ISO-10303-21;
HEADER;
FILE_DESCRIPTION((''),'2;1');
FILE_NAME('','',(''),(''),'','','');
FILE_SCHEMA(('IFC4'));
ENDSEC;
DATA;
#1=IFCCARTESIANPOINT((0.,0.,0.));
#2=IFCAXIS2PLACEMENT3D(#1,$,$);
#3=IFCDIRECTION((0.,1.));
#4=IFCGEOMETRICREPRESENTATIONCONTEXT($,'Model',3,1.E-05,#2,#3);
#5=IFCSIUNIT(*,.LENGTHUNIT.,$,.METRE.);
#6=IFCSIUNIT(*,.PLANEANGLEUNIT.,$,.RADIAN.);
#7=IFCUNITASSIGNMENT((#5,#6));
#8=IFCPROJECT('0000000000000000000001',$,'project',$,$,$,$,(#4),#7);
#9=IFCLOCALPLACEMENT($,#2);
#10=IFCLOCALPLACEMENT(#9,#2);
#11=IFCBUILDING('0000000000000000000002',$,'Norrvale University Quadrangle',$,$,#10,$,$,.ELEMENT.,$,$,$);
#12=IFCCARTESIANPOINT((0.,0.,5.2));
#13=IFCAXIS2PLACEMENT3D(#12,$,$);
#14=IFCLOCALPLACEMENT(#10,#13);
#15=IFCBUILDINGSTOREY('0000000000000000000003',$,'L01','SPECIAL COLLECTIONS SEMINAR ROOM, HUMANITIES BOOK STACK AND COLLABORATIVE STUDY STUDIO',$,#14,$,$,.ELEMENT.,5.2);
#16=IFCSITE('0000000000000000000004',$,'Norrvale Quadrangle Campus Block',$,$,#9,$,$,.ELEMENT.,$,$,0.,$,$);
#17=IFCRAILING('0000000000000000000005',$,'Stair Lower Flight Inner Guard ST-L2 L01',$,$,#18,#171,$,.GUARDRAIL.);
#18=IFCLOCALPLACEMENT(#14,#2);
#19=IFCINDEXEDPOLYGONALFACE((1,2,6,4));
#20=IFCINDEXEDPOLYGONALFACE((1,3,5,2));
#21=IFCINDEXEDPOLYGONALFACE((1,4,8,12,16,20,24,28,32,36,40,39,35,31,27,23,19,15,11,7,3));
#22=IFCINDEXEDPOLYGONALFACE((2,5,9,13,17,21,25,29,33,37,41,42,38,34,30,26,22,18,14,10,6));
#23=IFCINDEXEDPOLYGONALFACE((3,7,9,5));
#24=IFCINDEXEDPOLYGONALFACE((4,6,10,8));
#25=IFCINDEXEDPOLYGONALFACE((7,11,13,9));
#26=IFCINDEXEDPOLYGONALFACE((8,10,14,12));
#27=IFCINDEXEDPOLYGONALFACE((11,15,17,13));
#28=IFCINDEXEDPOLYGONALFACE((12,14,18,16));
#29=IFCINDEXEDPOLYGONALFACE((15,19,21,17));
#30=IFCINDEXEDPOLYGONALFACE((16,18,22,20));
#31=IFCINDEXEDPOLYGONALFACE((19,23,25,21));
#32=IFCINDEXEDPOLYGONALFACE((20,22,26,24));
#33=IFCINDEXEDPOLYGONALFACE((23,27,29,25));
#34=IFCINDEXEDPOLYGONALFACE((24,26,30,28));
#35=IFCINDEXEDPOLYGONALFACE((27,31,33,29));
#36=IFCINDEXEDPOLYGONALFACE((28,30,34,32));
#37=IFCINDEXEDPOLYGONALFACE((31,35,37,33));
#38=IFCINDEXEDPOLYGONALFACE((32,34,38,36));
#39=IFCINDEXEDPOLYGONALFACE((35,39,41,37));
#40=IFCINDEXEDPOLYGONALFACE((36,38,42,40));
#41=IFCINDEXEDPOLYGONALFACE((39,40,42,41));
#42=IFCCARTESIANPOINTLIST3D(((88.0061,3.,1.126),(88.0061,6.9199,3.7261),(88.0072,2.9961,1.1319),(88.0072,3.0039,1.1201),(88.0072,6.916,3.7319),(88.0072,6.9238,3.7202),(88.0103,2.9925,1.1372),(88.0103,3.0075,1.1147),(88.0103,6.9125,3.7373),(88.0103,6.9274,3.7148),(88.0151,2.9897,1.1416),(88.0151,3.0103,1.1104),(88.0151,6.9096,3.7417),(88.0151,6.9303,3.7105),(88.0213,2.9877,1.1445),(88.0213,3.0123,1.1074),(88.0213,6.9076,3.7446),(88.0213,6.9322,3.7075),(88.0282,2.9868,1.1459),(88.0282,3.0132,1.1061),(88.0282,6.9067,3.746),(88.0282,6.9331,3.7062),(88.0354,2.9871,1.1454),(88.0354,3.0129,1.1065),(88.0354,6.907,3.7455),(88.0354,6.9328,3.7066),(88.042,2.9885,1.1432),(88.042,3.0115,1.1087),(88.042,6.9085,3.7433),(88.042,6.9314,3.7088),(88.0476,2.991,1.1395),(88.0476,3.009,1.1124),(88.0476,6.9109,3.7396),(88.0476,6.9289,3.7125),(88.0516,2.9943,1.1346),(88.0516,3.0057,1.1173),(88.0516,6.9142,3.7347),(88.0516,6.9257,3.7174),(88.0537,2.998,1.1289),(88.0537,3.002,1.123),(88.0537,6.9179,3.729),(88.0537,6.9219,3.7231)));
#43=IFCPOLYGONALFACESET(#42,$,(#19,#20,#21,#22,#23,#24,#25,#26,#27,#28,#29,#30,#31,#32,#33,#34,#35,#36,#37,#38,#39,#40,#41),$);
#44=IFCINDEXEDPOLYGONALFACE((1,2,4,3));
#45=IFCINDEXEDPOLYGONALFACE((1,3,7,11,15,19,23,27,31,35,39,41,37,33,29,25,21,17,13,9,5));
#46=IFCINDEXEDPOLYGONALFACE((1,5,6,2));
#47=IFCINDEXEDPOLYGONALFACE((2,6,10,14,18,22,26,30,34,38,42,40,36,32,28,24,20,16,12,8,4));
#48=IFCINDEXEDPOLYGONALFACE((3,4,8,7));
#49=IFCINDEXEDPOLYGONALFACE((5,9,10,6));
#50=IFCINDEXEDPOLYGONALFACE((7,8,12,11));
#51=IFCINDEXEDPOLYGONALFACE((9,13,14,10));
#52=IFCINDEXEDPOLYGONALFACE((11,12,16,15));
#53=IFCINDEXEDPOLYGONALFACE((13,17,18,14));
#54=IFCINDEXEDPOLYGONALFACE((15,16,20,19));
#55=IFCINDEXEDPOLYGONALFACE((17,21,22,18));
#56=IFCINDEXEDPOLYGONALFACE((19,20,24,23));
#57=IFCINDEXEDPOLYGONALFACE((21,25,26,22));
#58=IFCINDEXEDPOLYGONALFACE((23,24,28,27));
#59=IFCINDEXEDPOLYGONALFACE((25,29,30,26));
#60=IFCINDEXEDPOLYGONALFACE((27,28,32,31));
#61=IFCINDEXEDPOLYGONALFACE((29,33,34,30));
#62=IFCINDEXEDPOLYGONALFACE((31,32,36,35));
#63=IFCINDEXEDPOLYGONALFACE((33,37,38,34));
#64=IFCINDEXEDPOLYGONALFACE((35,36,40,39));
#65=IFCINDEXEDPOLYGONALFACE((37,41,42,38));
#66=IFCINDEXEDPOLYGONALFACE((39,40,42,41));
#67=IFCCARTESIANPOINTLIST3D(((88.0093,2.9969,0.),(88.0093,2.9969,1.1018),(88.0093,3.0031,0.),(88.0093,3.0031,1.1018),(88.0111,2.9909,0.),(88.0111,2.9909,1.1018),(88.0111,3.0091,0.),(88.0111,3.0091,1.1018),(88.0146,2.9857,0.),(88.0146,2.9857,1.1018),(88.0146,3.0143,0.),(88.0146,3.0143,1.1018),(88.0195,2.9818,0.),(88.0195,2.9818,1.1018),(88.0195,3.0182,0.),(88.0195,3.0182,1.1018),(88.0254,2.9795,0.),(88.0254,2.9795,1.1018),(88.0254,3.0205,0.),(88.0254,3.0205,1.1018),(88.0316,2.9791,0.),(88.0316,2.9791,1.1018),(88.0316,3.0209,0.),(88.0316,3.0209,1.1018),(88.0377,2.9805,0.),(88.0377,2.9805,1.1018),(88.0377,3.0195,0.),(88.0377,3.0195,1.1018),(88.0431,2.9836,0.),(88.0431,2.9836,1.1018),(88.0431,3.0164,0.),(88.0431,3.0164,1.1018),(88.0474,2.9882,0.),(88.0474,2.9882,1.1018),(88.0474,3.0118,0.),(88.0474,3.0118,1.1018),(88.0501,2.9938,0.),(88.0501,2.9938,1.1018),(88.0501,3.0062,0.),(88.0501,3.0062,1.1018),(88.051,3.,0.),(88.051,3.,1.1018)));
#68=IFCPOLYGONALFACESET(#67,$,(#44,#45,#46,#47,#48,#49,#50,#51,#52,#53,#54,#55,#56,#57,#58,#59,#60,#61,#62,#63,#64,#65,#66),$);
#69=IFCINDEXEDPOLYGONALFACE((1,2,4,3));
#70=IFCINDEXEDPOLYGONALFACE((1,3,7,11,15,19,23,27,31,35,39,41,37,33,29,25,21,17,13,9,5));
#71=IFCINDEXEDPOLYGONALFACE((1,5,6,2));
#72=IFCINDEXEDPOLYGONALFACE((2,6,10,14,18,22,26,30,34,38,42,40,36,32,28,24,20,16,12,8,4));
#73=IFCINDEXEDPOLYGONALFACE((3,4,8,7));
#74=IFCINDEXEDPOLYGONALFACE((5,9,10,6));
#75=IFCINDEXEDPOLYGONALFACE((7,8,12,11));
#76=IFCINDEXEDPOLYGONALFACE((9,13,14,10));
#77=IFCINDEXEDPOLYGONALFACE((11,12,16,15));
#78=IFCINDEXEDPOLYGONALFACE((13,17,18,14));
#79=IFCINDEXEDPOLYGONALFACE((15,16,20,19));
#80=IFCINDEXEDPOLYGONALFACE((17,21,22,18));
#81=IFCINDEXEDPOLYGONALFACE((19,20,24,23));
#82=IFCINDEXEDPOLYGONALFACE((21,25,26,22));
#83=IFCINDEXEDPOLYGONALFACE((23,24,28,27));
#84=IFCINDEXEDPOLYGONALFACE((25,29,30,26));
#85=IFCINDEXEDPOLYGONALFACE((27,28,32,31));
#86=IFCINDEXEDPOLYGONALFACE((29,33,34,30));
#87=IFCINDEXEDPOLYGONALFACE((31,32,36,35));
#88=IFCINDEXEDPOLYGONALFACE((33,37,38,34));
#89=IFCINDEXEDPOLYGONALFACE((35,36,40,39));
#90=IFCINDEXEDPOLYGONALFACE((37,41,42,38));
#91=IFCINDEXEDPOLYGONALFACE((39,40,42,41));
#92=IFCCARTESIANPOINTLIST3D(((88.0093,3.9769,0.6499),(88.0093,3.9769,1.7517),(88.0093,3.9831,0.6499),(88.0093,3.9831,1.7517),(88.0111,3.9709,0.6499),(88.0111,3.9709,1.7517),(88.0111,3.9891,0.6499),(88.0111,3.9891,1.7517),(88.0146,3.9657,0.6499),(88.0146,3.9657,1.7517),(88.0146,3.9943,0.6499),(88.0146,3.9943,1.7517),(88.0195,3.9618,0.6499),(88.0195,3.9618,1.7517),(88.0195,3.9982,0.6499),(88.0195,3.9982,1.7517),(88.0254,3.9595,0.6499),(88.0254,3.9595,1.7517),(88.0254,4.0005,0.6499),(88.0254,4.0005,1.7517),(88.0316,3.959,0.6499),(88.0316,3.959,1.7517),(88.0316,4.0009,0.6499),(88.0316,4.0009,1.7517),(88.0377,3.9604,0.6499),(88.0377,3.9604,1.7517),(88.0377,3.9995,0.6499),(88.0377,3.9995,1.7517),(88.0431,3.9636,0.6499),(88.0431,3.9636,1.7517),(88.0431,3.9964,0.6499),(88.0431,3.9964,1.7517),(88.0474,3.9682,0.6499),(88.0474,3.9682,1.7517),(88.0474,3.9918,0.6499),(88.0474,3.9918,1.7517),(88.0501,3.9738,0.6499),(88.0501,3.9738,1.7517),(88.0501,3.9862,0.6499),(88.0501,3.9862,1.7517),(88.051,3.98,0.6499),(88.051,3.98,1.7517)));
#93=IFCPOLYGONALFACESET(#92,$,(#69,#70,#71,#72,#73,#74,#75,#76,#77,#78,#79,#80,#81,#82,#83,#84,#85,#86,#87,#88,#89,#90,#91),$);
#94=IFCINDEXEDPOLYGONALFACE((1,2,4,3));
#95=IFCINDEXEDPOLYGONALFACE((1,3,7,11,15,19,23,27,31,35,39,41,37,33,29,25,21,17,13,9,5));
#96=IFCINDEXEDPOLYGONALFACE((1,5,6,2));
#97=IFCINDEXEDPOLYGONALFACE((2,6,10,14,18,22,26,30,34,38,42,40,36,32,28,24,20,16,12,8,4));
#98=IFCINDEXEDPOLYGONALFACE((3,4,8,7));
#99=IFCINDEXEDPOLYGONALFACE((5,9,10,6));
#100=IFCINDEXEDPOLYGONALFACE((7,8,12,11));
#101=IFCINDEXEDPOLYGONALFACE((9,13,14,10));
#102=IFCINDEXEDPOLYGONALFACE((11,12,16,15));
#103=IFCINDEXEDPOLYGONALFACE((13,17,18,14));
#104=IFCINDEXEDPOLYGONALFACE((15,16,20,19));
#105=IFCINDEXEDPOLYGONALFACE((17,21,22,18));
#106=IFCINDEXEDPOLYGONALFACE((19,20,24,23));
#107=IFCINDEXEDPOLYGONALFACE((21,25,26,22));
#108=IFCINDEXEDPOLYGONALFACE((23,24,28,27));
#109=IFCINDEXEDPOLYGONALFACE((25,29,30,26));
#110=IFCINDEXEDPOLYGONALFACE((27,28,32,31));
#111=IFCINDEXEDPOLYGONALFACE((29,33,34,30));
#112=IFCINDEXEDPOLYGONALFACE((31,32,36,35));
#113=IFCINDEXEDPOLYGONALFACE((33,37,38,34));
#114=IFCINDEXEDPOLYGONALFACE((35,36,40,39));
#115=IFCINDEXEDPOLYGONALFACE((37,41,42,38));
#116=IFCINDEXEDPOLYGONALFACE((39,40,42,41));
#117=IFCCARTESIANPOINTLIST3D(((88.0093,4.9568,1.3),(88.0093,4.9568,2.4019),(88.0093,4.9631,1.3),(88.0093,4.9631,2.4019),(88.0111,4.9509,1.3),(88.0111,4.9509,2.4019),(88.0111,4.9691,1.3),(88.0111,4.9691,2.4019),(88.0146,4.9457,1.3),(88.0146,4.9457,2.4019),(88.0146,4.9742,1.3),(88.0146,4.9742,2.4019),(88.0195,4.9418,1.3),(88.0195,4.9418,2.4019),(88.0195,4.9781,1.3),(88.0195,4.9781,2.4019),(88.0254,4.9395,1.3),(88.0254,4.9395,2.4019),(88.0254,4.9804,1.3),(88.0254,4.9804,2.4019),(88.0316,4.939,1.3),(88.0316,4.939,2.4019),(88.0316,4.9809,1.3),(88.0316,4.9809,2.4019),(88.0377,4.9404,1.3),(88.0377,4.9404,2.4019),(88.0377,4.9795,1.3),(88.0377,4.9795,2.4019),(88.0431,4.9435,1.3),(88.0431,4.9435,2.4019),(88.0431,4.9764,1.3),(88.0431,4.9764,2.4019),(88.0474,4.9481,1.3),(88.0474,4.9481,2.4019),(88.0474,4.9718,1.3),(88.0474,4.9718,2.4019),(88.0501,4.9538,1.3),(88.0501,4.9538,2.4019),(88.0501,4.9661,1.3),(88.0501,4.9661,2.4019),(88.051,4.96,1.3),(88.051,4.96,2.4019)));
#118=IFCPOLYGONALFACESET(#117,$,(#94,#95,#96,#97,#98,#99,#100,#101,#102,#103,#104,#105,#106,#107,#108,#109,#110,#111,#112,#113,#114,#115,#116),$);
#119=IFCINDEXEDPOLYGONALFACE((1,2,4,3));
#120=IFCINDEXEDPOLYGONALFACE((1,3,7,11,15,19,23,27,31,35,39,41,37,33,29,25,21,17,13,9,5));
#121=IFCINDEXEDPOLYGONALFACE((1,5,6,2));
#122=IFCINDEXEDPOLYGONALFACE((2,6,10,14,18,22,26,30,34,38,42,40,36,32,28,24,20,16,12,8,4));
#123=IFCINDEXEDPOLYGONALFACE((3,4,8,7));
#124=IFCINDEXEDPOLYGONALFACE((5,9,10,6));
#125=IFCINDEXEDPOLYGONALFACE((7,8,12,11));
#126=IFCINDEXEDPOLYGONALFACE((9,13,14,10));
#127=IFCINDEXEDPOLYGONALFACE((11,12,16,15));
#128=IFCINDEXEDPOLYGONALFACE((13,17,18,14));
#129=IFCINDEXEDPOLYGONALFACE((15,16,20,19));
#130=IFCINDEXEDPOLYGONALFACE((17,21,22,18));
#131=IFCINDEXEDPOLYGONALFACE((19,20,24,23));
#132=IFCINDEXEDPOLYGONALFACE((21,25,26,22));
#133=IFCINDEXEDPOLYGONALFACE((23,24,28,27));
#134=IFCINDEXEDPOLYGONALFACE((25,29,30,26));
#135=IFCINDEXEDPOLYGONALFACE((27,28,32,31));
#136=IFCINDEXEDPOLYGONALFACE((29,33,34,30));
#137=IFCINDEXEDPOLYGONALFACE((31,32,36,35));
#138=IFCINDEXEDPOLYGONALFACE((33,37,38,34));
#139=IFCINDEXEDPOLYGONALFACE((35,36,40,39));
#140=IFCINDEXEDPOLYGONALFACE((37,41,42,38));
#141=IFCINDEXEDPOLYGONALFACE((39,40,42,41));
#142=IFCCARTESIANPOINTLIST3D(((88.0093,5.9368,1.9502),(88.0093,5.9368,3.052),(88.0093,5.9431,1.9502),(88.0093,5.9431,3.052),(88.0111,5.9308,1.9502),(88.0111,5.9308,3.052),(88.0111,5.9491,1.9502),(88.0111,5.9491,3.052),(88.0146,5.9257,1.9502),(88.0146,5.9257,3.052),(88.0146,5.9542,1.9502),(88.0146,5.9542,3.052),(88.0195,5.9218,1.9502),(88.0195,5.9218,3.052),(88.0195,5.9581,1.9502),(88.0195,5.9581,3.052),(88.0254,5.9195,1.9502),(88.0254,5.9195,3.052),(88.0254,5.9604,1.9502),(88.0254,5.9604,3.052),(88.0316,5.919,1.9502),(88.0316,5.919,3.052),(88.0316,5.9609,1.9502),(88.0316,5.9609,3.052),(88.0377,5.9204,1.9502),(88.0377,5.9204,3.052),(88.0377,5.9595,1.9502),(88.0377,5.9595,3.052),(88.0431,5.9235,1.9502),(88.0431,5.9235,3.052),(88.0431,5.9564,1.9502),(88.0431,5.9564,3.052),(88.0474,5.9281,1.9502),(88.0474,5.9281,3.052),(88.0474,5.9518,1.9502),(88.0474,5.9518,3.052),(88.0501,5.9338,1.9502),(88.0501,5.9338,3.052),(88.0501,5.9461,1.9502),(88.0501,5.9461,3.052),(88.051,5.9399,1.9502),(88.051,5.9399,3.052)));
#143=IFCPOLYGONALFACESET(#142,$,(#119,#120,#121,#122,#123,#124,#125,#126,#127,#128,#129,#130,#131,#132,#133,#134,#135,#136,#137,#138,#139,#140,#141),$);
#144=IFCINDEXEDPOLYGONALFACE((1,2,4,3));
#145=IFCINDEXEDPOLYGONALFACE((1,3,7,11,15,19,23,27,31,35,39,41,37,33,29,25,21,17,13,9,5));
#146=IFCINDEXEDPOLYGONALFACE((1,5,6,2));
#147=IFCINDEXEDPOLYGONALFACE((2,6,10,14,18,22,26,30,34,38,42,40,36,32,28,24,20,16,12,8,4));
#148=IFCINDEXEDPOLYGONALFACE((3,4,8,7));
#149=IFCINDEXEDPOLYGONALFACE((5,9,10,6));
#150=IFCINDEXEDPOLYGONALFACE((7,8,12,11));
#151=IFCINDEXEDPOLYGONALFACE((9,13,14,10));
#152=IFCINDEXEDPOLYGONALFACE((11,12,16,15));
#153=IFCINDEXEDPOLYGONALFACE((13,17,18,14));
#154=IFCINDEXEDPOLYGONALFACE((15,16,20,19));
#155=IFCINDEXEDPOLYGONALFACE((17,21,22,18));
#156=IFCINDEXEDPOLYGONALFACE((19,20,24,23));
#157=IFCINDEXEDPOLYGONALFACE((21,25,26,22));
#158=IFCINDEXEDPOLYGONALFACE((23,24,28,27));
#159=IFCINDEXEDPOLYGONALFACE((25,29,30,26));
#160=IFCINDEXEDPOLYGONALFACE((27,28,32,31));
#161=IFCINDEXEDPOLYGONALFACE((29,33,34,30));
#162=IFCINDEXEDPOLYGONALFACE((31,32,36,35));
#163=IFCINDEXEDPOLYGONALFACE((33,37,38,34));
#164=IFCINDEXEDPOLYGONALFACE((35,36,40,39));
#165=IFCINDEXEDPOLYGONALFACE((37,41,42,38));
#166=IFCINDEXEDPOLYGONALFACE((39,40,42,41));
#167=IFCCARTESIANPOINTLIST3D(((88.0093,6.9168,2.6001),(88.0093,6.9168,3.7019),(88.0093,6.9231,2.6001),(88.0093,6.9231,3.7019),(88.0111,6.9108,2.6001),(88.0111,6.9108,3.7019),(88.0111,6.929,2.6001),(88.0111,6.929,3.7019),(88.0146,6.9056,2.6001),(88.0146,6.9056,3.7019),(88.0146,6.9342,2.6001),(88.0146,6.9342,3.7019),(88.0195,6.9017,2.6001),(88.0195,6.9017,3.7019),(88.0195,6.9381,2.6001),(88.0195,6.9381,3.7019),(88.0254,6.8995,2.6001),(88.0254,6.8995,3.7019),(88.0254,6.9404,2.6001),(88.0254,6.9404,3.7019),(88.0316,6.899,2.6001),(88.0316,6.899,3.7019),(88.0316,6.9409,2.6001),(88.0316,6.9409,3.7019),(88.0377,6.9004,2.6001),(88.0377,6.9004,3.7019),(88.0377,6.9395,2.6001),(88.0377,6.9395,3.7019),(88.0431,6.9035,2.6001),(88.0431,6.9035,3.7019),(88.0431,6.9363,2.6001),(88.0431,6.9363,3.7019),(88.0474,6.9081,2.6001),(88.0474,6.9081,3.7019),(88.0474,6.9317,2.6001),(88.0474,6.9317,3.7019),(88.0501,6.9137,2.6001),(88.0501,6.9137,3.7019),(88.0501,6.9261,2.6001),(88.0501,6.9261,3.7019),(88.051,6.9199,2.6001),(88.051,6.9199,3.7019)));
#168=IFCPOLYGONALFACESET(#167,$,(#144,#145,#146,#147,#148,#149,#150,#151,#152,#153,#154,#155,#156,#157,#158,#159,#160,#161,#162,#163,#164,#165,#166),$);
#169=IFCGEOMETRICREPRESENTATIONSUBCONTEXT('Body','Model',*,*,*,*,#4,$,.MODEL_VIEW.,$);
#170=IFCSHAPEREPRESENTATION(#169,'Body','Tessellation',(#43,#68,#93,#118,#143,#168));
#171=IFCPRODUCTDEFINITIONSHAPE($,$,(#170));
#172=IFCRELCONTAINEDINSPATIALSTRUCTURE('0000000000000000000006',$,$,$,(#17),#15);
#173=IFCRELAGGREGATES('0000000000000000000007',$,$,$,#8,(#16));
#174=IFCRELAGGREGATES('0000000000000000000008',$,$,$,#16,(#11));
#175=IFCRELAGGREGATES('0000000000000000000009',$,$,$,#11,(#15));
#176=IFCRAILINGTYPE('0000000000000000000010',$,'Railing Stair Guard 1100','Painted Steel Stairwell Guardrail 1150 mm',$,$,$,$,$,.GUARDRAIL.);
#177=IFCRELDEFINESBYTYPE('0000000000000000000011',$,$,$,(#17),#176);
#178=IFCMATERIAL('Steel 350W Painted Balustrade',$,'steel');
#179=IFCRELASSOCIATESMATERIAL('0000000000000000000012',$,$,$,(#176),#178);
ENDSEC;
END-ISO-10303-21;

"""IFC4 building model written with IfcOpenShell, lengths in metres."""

from ifc_helpers import new_model, si_unit, direction, frame, origin, origin_2d, place, context, subcontext, project, spatial, circle, extrude, material, type_object, element, save


model = new_model("IFC4")

# Units and contexts
model_context = context("Model", 3, precision=1e-05, world=origin(), true_north=direction((0.0, 1.0)))
body_context = subcontext(model_context, "Body", "Model", "MODEL_VIEW")
ifc_project = project(units=[si_unit("LENGTHUNIT", "METRE"), si_unit("PLANEANGLEUNIT", "RADIAN")], contexts=[model_context])

# Site, building, storey
site_placement = place(None, origin())
site = spatial("IfcSite", under=ifc_project, at=site_placement, Name="Norrvale Quadrangle Campus Block", CompositionType="ELEMENT", RefElevation=0.0)
building_placement = place(site_placement, origin())
building = spatial("IfcBuilding", under=site, at=building_placement, Name="Norrvale University Quadrangle", CompositionType="ELEMENT")
storey_placement = place(building_placement, frame((0.0, 0.0, 5.2)))
storey = spatial("IfcBuildingStorey", under=building, at=storey_placement, Name="L01", Description="SPECIAL COLLECTIONS SEMINAR ROOM, HUMANITIES BOOK STACK AND COLLABORATIVE STUDY STUDIO", CompositionType="ELEMENT", Elevation=5.2)

# Railing
ifc_material_1 = material(Name="Steel 350W Painted Balustrade", Category="steel")
railing_type_1 = type_object("IfcRailingType", Name="Railing Stair Guard 1100", Description="Painted Steel Stairwell Guardrail 1150 mm", PredefinedType="GUARDRAIL", material=ifc_material_1)
railing_1_placement = place(storey_placement, frame((88.03, 3.0, 0.0)))
element("IfcRailing", 1, at=railing_1_placement, inside=storey, type_object=railing_type_1, Name="Stair Lower Flight Inner Guard ST-L2 L01", PredefinedType="GUARDRAIL", context=body_context, shape_type="SweptSolid", body=[
    extrude(circle(Radius=0.0239, at=origin_2d()), frame((0.0, 0.0, 1.126), z_axis=(0.0, 0.833342, 0.552758), x_axis=(-1.0, 0.0, 0.0)), (0.0, 0.0, 1.0), 4.7039),
    extrude(circle(Radius=0.021, at=origin_2d()), origin(), (0.0, 0.0, 1.0), 1.1018),
    extrude(circle(Radius=0.021, at=origin_2d()), frame((0.0, 0.98, 0.6499)), (0.0, 0.0, 1.0), 1.1018),
    extrude(circle(Radius=0.021, at=origin_2d()), frame((0.0, 1.96, 1.3)), (0.0, 0.0, 1.0), 1.1018),
    extrude(circle(Radius=0.021, at=origin_2d()), frame((0.0, 2.9399, 1.9502)), (0.0, 0.0, 1.0), 1.1018),
    extrude(circle(Radius=0.021, at=origin_2d()), frame((0.0, 3.9199, 2.6001)), (0.0, 0.0, 1.0), 1.1018),
])

save(model, "model.ifc")
